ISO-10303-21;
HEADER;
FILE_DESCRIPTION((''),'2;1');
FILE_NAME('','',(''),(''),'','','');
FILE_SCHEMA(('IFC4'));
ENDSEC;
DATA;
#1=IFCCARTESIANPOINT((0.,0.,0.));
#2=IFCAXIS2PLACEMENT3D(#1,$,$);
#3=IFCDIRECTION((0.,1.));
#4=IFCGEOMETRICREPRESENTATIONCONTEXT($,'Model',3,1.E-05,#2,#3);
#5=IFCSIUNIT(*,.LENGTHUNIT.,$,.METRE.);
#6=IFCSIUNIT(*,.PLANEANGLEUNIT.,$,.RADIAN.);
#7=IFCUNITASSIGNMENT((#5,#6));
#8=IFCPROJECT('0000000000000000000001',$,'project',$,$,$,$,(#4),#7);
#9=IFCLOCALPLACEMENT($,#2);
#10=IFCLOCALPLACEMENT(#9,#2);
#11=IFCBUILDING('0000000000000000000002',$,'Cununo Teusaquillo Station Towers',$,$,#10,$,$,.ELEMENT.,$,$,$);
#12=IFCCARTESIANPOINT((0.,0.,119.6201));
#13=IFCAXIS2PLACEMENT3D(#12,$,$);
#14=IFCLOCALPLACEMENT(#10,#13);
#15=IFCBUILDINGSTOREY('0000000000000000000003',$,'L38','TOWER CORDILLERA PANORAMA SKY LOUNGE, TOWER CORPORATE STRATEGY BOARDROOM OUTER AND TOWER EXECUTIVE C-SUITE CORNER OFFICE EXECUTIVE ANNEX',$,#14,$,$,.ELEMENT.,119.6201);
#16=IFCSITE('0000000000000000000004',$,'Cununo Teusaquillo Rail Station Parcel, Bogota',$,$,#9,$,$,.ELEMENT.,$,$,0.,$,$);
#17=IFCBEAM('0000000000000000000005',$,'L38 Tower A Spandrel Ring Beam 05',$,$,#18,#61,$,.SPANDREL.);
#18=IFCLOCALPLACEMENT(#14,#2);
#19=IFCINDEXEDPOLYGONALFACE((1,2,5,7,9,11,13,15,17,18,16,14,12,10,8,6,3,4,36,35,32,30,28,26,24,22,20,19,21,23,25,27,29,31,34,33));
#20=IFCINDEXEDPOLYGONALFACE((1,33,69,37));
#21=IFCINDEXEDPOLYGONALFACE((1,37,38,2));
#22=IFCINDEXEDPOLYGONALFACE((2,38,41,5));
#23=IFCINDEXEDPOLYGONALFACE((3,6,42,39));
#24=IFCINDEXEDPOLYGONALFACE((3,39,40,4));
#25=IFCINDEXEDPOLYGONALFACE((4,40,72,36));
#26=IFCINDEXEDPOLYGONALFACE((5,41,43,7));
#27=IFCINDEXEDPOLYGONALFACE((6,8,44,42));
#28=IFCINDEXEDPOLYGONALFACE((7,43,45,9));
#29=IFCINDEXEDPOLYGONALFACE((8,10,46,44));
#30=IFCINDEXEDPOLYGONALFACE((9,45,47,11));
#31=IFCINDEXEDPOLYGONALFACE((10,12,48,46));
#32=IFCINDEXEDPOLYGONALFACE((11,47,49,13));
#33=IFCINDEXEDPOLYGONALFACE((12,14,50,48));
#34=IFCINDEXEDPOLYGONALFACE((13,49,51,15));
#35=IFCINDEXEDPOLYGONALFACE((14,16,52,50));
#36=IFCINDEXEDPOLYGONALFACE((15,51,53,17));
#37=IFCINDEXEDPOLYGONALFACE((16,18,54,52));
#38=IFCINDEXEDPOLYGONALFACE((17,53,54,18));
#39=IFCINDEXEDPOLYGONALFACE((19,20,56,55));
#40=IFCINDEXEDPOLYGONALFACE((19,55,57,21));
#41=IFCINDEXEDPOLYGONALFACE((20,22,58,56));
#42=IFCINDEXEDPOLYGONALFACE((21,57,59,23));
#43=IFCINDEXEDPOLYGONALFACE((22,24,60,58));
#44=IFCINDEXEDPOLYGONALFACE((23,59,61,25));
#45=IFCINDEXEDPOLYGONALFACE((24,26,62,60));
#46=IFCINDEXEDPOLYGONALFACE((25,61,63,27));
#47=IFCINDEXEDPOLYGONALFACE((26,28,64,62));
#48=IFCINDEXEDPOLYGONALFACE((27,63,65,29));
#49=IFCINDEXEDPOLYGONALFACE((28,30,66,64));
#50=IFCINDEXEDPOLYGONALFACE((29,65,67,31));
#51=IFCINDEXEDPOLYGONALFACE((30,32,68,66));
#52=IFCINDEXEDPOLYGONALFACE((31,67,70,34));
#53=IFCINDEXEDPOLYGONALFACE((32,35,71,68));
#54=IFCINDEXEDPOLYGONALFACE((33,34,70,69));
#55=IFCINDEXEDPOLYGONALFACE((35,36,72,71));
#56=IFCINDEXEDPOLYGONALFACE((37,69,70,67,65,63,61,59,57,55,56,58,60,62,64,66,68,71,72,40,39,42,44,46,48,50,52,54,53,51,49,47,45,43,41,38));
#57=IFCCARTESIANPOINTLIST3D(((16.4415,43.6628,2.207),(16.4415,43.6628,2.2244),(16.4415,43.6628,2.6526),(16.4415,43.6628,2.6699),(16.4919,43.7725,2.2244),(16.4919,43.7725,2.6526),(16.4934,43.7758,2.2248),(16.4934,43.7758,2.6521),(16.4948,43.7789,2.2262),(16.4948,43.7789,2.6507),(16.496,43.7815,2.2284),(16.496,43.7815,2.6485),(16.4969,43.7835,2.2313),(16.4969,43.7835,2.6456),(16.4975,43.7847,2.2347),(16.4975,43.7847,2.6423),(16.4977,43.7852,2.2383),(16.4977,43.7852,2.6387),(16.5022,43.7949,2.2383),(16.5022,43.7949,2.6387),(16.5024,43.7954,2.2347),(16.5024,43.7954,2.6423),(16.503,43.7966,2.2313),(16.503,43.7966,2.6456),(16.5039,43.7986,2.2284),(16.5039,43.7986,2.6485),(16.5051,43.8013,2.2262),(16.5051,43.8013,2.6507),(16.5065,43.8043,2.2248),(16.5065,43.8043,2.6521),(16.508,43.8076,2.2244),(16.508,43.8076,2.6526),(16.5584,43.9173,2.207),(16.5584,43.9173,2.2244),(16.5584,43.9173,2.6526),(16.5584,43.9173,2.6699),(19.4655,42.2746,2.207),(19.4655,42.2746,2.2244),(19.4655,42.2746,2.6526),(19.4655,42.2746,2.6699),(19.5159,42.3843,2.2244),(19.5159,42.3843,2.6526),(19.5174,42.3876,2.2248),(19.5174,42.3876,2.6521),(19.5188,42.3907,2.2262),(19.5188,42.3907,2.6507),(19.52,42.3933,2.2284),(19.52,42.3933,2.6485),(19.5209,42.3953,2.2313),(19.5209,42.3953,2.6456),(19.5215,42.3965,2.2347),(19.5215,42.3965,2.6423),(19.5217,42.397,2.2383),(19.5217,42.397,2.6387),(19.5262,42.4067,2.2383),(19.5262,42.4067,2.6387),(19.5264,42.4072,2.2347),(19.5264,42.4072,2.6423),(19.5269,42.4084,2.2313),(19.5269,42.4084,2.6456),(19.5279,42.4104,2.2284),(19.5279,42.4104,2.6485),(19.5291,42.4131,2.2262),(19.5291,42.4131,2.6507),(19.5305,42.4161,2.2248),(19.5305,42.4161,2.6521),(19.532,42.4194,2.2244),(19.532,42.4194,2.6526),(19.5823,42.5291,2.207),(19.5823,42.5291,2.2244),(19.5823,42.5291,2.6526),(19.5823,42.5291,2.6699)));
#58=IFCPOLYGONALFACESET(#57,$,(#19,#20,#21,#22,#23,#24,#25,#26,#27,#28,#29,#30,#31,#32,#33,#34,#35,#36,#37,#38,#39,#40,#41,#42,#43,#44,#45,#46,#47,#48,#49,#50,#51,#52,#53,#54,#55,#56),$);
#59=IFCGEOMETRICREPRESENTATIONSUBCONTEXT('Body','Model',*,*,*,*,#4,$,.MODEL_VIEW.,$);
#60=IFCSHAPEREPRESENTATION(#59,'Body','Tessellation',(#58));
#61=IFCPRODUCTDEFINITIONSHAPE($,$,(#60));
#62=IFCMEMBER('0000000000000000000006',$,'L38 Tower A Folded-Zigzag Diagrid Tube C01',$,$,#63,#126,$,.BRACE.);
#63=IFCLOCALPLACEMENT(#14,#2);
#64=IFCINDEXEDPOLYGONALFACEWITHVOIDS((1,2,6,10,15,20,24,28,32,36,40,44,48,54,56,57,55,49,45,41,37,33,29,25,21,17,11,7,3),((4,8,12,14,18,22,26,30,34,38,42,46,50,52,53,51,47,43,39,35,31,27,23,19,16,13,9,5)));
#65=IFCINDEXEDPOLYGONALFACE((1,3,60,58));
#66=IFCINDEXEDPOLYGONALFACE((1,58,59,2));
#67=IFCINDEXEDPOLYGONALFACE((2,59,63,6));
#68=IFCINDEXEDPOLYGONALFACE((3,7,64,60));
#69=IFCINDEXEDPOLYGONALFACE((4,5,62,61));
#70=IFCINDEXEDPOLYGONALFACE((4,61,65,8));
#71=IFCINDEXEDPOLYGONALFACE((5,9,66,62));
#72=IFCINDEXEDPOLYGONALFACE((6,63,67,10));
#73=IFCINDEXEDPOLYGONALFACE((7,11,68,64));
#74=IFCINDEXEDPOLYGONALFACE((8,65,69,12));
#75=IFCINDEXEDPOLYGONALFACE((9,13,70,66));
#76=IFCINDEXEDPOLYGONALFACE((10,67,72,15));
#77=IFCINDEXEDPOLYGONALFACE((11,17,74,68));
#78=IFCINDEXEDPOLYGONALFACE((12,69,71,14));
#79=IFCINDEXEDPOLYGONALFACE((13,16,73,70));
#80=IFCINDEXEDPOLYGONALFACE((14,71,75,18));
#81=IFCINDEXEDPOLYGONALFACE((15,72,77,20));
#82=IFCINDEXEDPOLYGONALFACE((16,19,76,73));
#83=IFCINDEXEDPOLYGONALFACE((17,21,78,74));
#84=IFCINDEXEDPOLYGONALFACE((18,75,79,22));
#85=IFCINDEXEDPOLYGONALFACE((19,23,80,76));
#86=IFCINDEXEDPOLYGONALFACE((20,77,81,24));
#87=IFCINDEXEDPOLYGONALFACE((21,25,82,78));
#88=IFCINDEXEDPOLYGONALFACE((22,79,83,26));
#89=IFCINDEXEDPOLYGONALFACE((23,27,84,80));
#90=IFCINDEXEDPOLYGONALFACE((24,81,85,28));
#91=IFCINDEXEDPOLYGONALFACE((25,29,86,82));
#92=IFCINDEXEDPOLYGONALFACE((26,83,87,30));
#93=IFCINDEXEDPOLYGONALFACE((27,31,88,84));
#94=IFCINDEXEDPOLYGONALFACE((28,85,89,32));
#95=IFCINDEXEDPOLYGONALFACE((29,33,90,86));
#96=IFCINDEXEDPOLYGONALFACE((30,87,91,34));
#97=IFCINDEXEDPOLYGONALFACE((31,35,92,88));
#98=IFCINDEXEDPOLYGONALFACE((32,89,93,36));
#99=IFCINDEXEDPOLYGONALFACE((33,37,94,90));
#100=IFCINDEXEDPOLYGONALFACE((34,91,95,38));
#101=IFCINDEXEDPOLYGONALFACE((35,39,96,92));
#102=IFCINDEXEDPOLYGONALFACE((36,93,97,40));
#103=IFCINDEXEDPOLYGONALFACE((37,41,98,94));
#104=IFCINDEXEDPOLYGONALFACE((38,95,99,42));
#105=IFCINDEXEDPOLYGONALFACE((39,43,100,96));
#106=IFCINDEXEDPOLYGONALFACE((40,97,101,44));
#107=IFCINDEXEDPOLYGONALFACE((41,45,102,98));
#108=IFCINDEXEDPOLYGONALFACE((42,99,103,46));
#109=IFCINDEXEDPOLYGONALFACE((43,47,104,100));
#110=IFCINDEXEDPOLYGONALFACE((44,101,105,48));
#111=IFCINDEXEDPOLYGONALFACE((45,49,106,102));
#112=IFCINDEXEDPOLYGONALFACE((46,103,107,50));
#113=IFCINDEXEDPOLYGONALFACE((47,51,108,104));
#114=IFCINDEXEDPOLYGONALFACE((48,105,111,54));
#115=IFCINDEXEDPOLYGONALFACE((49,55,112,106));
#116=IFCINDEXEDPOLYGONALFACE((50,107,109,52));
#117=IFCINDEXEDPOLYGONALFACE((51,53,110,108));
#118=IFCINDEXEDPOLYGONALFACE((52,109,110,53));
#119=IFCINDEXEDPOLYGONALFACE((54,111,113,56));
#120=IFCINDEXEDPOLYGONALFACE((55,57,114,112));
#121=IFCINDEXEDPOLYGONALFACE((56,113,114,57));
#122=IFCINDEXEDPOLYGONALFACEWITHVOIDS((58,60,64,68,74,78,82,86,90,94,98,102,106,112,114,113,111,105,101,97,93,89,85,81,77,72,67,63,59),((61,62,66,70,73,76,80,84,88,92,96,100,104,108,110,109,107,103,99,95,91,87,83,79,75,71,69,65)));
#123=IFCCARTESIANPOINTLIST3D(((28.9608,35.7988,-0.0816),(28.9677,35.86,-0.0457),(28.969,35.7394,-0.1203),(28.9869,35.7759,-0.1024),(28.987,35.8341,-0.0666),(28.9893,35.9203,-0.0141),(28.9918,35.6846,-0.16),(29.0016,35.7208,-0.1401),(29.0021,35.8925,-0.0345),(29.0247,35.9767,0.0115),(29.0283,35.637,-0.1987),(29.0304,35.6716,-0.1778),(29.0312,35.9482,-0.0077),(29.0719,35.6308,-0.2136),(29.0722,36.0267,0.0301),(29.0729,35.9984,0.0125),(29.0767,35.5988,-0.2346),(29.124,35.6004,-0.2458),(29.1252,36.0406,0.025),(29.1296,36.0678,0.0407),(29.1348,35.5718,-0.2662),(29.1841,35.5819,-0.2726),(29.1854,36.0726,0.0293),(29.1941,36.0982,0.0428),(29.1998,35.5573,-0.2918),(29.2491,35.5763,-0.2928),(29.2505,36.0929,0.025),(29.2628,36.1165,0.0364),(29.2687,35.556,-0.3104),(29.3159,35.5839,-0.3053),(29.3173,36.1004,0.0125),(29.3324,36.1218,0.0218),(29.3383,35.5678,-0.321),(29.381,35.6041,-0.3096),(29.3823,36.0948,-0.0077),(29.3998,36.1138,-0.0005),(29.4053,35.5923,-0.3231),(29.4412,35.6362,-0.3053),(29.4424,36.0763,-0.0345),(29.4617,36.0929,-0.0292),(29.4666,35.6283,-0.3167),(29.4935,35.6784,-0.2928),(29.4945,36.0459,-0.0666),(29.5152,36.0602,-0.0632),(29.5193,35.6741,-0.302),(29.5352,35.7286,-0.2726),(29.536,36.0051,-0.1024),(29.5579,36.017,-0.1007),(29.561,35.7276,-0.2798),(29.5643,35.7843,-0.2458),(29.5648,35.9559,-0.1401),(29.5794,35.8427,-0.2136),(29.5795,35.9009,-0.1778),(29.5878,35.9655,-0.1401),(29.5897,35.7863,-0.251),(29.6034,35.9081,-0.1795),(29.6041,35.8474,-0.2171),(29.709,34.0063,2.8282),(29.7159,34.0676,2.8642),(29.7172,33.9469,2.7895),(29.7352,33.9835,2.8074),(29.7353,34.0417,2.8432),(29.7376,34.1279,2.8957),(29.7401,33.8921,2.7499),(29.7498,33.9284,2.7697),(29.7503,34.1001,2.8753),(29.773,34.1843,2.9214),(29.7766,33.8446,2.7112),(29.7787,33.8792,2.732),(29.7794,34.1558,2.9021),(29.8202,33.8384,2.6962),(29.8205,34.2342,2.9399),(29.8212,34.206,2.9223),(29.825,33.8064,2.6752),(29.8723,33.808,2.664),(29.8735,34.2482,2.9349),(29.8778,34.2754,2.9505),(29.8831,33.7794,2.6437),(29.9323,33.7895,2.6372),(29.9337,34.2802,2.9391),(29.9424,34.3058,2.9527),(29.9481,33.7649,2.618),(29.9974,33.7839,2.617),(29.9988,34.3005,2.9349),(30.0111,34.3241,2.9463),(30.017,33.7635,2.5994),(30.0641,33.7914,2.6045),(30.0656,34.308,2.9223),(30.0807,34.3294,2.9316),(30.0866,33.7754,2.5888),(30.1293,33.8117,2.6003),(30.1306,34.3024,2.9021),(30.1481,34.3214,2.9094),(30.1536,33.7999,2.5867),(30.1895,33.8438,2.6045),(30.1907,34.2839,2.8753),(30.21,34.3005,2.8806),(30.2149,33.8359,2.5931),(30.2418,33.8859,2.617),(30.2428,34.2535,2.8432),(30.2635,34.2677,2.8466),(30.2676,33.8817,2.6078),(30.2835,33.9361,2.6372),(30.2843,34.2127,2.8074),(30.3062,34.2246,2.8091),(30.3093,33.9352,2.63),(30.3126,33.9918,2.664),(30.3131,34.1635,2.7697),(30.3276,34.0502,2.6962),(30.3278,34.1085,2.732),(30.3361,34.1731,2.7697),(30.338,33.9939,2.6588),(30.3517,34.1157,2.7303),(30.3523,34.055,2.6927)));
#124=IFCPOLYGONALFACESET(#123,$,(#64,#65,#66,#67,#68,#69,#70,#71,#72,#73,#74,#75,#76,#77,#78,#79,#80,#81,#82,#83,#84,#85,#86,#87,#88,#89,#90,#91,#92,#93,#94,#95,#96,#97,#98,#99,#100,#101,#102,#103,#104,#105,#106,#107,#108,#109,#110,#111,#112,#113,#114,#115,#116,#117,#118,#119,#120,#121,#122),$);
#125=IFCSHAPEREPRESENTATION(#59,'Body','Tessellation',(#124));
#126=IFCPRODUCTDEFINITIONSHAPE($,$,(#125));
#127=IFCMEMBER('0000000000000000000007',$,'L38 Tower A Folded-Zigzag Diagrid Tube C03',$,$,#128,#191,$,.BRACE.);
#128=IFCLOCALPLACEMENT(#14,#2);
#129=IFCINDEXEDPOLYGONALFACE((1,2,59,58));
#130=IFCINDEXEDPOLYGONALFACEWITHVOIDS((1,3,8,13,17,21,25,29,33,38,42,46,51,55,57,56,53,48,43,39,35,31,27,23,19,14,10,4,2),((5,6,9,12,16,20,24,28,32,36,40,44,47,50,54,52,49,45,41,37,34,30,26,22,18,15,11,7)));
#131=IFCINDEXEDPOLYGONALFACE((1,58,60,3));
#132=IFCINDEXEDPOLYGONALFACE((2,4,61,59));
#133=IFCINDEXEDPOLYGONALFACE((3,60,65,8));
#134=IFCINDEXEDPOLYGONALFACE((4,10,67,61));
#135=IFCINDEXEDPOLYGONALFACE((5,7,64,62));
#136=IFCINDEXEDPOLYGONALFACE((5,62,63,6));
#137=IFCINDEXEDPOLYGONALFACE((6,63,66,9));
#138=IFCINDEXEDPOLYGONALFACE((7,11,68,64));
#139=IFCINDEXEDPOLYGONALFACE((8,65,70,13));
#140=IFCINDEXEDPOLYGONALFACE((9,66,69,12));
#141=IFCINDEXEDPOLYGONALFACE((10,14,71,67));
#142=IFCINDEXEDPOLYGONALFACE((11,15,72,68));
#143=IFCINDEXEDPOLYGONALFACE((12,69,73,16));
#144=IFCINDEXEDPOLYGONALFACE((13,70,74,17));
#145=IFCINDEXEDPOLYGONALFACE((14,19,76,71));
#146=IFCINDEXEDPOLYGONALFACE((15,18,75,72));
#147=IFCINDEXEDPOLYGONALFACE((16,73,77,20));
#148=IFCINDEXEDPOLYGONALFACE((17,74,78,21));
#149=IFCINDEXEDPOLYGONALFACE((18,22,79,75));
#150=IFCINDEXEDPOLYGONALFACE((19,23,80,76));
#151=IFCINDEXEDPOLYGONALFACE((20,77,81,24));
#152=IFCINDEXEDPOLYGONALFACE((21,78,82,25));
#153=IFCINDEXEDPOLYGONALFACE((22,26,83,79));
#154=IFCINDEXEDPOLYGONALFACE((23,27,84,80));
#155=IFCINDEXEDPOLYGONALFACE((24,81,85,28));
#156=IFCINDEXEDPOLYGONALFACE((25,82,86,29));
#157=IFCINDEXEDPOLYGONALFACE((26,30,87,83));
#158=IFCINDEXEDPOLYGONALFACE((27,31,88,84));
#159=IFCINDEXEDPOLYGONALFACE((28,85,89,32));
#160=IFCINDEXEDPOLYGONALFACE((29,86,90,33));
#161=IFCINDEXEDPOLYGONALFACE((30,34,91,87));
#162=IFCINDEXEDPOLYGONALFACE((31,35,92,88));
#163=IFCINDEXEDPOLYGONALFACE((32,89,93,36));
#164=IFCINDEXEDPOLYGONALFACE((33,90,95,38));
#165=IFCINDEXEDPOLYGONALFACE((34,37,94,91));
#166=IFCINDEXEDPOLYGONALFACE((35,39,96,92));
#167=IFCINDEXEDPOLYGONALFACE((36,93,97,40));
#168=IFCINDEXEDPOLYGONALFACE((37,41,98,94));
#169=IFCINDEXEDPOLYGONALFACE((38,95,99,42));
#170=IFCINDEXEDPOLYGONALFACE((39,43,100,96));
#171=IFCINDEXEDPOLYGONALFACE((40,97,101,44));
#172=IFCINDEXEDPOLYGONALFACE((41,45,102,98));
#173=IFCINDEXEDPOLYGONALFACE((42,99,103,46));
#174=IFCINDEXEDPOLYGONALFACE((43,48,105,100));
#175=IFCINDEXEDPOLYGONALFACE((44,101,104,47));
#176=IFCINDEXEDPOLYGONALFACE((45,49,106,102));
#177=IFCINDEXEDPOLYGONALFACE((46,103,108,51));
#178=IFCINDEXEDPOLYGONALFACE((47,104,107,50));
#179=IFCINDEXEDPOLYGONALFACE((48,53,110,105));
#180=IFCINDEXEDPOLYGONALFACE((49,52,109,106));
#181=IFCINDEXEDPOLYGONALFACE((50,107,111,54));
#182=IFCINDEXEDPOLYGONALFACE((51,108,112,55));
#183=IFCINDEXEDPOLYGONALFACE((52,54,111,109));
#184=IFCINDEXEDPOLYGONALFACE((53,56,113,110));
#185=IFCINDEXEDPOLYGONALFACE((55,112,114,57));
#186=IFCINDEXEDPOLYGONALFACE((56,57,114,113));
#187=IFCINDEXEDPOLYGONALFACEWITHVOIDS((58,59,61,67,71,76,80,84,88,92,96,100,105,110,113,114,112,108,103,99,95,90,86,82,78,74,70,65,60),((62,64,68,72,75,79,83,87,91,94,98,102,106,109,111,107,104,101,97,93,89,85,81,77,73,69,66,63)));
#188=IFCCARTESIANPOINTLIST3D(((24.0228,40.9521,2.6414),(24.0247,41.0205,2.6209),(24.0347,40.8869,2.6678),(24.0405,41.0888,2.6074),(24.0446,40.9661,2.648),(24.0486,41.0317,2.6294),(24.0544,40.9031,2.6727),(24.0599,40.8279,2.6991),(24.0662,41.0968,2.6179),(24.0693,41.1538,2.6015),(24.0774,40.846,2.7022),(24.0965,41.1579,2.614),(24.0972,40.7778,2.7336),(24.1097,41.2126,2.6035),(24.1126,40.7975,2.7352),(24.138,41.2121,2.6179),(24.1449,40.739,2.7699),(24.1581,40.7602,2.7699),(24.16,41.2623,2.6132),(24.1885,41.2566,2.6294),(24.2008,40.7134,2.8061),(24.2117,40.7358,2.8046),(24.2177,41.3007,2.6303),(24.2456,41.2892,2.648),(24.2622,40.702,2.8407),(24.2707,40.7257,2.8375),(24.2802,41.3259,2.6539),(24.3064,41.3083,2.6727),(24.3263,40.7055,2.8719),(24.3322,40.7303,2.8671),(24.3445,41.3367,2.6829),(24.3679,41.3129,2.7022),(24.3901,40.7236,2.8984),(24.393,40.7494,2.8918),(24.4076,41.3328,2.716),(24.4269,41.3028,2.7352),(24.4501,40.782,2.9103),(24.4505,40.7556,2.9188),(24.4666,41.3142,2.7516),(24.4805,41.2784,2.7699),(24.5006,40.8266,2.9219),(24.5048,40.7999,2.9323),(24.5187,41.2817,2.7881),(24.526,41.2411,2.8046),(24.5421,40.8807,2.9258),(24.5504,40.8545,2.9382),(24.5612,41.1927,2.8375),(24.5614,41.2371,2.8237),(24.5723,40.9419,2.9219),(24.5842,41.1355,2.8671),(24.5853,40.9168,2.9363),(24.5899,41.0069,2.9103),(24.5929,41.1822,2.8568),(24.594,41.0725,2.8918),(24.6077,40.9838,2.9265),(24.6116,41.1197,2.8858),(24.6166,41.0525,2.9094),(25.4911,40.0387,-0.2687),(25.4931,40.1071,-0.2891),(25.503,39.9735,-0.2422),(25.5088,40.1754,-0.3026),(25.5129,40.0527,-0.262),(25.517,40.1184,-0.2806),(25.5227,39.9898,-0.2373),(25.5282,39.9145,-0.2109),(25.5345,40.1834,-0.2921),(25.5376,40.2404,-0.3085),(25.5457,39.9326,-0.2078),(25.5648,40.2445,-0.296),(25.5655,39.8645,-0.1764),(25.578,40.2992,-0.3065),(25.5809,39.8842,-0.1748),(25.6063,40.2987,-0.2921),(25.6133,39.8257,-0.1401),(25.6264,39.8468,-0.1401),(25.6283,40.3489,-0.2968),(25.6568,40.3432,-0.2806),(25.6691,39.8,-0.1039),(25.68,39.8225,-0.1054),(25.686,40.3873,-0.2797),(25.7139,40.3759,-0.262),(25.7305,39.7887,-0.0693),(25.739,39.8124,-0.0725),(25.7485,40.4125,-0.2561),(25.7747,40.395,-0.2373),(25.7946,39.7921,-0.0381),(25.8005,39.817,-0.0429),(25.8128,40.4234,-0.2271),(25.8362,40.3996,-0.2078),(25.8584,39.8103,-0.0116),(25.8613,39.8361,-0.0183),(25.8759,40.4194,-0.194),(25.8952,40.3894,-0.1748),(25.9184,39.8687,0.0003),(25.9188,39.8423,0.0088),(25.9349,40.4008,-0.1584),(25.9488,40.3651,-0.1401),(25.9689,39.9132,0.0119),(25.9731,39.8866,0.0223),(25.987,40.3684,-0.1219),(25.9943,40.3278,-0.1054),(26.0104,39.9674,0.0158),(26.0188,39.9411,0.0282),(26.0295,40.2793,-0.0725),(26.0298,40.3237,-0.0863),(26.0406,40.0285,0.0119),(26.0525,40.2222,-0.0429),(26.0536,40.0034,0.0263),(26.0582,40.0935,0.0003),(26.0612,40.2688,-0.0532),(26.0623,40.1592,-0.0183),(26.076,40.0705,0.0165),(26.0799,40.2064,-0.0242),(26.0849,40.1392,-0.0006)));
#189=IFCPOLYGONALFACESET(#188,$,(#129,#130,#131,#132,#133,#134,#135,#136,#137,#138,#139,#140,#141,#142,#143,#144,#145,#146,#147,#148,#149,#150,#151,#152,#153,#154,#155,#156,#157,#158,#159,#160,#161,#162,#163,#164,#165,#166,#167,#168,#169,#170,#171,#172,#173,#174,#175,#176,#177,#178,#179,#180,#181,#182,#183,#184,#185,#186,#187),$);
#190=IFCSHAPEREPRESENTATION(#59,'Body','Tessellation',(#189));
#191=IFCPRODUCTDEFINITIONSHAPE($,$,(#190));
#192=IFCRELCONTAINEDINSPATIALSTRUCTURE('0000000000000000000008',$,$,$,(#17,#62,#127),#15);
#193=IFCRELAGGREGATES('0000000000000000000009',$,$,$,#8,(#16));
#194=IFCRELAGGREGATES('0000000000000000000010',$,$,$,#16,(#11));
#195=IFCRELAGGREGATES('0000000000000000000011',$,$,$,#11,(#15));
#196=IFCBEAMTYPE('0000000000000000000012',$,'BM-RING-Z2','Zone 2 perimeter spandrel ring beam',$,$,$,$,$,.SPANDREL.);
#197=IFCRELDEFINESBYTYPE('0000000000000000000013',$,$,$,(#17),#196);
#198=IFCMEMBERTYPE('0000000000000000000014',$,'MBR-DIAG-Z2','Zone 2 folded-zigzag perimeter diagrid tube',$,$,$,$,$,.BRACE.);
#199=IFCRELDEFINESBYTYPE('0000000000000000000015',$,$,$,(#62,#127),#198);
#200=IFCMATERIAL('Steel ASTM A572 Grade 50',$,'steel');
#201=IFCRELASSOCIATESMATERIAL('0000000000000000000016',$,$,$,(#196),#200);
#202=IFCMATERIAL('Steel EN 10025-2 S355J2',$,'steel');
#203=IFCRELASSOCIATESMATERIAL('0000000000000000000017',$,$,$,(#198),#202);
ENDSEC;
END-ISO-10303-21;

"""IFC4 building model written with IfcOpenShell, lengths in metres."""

from ifc_helpers import new_model, si_unit, direction, frame, origin, origin_2d, place, context, subcontext, project, spatial, hollow_circle, i_section, extrude, material, material_profile, profile_set, type_object, element, save


model = new_model("IFC4")

# Units and contexts
model_context = context("Model", 3, precision=1e-05, world=origin(), true_north=direction((0.0, 1.0)))
body_context = subcontext(model_context, "Body", "Model", "MODEL_VIEW")
ifc_project = project(units=[si_unit("LENGTHUNIT", "METRE"), si_unit("PLANEANGLEUNIT", "RADIAN")], contexts=[model_context])

# Site, building, storey
site_placement = place(None, origin())
site = spatial("IfcSite", under=ifc_project, at=site_placement, Name="Cununo Teusaquillo Rail Station Parcel, Bogota", CompositionType="ELEMENT", RefElevation=0.0)
building_placement = place(site_placement, origin())
building = spatial("IfcBuilding", under=site, at=building_placement, Name="Cununo Teusaquillo Station Towers", CompositionType="ELEMENT")
storey_placement = place(building_placement, frame((0.0, 0.0, 119.6201)))
storey = spatial("IfcBuildingStorey", under=building, at=storey_placement, Name="L38", Description="TOWER CORDILLERA PANORAMA SKY LOUNGE, TOWER CORPORATE STRATEGY BOARDROOM OUTER AND TOWER EXECUTIVE C-SUITE CORNER OFFICE EXECUTIVE ANNEX", CompositionType="ELEMENT", Elevation=119.6201)

# Beam
ifc_material_1 = material(Name="Steel ASTM A572 Grade 50", Category="steel")
ifc_material_profile_1 = material_profile(ifc_material_1, i_section(OverallWidth=0.28, OverallDepth=0.4629, WebThickness=0.0107, FlangeThickness=0.0173, FilletRadius=0.0139, at=origin_2d()), Name="W18X76")
ifc_profile_set_1 = profile_set([ifc_material_profile_1], Name="Steel ASTM A572 Grade 50")
beam_type_1 = type_object("IfcBeamType", Name="BM-RING-Z2", Description="Zone 2 perimeter spandrel ring beam", PredefinedType="SPANDREL", material=ifc_profile_set_1)
beam_1_placement = place(storey_placement, frame((19.5239, 42.4019, 2.4385), z_axis=(-0.908812, 0.417205, 0.0), x_axis=(-0.417205, -0.908812, 0.0)))
element("IfcBeam", 1, at=beam_1_placement, inside=storey, type_object=beam_type_1, Name="L38 Tower A Spandrel Ring Beam 05", PredefinedType="SPANDREL", context=body_context, shape_type="SweptSolid", body=[
    extrude(i_section(OverallWidth=0.28, OverallDepth=0.4629, WebThickness=0.0107, FlangeThickness=0.0173, FilletRadius=0.0139, at=origin_2d()), origin(), (0.0, 0.0, 1.0), 3.3274),
])

# Members
ifc_material_2 = material(Name="Steel EN 10025-2 S355J2", Category="steel")
ifc_material_profile_2 = material_profile(ifc_material_2, hollow_circle(Radius=0.3301, WallThickness=0.0249, at=origin_2d()), Name="CHS 660x25")
ifc_profile_set_2 = profile_set([ifc_material_profile_2], Name="Steel EN 10025-2 S355J2")
member_type = type_object("IfcMemberType", Name="MBR-DIAG-Z2", Description="Zone 2 folded-zigzag perimeter diagrid tube", PredefinedType="BRACE", material=ifc_profile_set_2)
member_1_placement = place(storey_placement, frame((29.2832, 35.8384, -0.1401), z_axis=(0.21388, -0.512336, 0.831726), x_axis=(0.922816, 0.38524, 0.0)))
element("IfcMember", 2, at=member_1_placement, inside=storey, type_object=member_type, Name="L38 Tower A Folded-Zigzag Diagrid Tube C01", PredefinedType="BRACE", context=body_context, shape_type="SweptSolid", body=[
    extrude(hollow_circle(Radius=0.3301, WallThickness=0.0249, at=origin_2d()), origin(), (0.0, 0.0, 1.0), 3.4985),
])
member_2_placement = place(storey_placement, frame((25.7876, 40.106, -0.1401), z_axis=(-0.433768, 0.269825, 0.859674), x_axis=(-0.528196, -0.849123, 0.0)))
element("IfcMember", 3, at=member_2_placement, inside=storey, type_object=member_type, Name="L38 Tower A Folded-Zigzag Diagrid Tube C03", PredefinedType="BRACE", context=body_context, shape_type="SweptSolid", body=[
    extrude(hollow_circle(Radius=0.3301, WallThickness=0.0249, at=origin_2d()), origin(), (0.0, 0.0, 1.0), 3.385),
])

save(model, "model.ifc")
